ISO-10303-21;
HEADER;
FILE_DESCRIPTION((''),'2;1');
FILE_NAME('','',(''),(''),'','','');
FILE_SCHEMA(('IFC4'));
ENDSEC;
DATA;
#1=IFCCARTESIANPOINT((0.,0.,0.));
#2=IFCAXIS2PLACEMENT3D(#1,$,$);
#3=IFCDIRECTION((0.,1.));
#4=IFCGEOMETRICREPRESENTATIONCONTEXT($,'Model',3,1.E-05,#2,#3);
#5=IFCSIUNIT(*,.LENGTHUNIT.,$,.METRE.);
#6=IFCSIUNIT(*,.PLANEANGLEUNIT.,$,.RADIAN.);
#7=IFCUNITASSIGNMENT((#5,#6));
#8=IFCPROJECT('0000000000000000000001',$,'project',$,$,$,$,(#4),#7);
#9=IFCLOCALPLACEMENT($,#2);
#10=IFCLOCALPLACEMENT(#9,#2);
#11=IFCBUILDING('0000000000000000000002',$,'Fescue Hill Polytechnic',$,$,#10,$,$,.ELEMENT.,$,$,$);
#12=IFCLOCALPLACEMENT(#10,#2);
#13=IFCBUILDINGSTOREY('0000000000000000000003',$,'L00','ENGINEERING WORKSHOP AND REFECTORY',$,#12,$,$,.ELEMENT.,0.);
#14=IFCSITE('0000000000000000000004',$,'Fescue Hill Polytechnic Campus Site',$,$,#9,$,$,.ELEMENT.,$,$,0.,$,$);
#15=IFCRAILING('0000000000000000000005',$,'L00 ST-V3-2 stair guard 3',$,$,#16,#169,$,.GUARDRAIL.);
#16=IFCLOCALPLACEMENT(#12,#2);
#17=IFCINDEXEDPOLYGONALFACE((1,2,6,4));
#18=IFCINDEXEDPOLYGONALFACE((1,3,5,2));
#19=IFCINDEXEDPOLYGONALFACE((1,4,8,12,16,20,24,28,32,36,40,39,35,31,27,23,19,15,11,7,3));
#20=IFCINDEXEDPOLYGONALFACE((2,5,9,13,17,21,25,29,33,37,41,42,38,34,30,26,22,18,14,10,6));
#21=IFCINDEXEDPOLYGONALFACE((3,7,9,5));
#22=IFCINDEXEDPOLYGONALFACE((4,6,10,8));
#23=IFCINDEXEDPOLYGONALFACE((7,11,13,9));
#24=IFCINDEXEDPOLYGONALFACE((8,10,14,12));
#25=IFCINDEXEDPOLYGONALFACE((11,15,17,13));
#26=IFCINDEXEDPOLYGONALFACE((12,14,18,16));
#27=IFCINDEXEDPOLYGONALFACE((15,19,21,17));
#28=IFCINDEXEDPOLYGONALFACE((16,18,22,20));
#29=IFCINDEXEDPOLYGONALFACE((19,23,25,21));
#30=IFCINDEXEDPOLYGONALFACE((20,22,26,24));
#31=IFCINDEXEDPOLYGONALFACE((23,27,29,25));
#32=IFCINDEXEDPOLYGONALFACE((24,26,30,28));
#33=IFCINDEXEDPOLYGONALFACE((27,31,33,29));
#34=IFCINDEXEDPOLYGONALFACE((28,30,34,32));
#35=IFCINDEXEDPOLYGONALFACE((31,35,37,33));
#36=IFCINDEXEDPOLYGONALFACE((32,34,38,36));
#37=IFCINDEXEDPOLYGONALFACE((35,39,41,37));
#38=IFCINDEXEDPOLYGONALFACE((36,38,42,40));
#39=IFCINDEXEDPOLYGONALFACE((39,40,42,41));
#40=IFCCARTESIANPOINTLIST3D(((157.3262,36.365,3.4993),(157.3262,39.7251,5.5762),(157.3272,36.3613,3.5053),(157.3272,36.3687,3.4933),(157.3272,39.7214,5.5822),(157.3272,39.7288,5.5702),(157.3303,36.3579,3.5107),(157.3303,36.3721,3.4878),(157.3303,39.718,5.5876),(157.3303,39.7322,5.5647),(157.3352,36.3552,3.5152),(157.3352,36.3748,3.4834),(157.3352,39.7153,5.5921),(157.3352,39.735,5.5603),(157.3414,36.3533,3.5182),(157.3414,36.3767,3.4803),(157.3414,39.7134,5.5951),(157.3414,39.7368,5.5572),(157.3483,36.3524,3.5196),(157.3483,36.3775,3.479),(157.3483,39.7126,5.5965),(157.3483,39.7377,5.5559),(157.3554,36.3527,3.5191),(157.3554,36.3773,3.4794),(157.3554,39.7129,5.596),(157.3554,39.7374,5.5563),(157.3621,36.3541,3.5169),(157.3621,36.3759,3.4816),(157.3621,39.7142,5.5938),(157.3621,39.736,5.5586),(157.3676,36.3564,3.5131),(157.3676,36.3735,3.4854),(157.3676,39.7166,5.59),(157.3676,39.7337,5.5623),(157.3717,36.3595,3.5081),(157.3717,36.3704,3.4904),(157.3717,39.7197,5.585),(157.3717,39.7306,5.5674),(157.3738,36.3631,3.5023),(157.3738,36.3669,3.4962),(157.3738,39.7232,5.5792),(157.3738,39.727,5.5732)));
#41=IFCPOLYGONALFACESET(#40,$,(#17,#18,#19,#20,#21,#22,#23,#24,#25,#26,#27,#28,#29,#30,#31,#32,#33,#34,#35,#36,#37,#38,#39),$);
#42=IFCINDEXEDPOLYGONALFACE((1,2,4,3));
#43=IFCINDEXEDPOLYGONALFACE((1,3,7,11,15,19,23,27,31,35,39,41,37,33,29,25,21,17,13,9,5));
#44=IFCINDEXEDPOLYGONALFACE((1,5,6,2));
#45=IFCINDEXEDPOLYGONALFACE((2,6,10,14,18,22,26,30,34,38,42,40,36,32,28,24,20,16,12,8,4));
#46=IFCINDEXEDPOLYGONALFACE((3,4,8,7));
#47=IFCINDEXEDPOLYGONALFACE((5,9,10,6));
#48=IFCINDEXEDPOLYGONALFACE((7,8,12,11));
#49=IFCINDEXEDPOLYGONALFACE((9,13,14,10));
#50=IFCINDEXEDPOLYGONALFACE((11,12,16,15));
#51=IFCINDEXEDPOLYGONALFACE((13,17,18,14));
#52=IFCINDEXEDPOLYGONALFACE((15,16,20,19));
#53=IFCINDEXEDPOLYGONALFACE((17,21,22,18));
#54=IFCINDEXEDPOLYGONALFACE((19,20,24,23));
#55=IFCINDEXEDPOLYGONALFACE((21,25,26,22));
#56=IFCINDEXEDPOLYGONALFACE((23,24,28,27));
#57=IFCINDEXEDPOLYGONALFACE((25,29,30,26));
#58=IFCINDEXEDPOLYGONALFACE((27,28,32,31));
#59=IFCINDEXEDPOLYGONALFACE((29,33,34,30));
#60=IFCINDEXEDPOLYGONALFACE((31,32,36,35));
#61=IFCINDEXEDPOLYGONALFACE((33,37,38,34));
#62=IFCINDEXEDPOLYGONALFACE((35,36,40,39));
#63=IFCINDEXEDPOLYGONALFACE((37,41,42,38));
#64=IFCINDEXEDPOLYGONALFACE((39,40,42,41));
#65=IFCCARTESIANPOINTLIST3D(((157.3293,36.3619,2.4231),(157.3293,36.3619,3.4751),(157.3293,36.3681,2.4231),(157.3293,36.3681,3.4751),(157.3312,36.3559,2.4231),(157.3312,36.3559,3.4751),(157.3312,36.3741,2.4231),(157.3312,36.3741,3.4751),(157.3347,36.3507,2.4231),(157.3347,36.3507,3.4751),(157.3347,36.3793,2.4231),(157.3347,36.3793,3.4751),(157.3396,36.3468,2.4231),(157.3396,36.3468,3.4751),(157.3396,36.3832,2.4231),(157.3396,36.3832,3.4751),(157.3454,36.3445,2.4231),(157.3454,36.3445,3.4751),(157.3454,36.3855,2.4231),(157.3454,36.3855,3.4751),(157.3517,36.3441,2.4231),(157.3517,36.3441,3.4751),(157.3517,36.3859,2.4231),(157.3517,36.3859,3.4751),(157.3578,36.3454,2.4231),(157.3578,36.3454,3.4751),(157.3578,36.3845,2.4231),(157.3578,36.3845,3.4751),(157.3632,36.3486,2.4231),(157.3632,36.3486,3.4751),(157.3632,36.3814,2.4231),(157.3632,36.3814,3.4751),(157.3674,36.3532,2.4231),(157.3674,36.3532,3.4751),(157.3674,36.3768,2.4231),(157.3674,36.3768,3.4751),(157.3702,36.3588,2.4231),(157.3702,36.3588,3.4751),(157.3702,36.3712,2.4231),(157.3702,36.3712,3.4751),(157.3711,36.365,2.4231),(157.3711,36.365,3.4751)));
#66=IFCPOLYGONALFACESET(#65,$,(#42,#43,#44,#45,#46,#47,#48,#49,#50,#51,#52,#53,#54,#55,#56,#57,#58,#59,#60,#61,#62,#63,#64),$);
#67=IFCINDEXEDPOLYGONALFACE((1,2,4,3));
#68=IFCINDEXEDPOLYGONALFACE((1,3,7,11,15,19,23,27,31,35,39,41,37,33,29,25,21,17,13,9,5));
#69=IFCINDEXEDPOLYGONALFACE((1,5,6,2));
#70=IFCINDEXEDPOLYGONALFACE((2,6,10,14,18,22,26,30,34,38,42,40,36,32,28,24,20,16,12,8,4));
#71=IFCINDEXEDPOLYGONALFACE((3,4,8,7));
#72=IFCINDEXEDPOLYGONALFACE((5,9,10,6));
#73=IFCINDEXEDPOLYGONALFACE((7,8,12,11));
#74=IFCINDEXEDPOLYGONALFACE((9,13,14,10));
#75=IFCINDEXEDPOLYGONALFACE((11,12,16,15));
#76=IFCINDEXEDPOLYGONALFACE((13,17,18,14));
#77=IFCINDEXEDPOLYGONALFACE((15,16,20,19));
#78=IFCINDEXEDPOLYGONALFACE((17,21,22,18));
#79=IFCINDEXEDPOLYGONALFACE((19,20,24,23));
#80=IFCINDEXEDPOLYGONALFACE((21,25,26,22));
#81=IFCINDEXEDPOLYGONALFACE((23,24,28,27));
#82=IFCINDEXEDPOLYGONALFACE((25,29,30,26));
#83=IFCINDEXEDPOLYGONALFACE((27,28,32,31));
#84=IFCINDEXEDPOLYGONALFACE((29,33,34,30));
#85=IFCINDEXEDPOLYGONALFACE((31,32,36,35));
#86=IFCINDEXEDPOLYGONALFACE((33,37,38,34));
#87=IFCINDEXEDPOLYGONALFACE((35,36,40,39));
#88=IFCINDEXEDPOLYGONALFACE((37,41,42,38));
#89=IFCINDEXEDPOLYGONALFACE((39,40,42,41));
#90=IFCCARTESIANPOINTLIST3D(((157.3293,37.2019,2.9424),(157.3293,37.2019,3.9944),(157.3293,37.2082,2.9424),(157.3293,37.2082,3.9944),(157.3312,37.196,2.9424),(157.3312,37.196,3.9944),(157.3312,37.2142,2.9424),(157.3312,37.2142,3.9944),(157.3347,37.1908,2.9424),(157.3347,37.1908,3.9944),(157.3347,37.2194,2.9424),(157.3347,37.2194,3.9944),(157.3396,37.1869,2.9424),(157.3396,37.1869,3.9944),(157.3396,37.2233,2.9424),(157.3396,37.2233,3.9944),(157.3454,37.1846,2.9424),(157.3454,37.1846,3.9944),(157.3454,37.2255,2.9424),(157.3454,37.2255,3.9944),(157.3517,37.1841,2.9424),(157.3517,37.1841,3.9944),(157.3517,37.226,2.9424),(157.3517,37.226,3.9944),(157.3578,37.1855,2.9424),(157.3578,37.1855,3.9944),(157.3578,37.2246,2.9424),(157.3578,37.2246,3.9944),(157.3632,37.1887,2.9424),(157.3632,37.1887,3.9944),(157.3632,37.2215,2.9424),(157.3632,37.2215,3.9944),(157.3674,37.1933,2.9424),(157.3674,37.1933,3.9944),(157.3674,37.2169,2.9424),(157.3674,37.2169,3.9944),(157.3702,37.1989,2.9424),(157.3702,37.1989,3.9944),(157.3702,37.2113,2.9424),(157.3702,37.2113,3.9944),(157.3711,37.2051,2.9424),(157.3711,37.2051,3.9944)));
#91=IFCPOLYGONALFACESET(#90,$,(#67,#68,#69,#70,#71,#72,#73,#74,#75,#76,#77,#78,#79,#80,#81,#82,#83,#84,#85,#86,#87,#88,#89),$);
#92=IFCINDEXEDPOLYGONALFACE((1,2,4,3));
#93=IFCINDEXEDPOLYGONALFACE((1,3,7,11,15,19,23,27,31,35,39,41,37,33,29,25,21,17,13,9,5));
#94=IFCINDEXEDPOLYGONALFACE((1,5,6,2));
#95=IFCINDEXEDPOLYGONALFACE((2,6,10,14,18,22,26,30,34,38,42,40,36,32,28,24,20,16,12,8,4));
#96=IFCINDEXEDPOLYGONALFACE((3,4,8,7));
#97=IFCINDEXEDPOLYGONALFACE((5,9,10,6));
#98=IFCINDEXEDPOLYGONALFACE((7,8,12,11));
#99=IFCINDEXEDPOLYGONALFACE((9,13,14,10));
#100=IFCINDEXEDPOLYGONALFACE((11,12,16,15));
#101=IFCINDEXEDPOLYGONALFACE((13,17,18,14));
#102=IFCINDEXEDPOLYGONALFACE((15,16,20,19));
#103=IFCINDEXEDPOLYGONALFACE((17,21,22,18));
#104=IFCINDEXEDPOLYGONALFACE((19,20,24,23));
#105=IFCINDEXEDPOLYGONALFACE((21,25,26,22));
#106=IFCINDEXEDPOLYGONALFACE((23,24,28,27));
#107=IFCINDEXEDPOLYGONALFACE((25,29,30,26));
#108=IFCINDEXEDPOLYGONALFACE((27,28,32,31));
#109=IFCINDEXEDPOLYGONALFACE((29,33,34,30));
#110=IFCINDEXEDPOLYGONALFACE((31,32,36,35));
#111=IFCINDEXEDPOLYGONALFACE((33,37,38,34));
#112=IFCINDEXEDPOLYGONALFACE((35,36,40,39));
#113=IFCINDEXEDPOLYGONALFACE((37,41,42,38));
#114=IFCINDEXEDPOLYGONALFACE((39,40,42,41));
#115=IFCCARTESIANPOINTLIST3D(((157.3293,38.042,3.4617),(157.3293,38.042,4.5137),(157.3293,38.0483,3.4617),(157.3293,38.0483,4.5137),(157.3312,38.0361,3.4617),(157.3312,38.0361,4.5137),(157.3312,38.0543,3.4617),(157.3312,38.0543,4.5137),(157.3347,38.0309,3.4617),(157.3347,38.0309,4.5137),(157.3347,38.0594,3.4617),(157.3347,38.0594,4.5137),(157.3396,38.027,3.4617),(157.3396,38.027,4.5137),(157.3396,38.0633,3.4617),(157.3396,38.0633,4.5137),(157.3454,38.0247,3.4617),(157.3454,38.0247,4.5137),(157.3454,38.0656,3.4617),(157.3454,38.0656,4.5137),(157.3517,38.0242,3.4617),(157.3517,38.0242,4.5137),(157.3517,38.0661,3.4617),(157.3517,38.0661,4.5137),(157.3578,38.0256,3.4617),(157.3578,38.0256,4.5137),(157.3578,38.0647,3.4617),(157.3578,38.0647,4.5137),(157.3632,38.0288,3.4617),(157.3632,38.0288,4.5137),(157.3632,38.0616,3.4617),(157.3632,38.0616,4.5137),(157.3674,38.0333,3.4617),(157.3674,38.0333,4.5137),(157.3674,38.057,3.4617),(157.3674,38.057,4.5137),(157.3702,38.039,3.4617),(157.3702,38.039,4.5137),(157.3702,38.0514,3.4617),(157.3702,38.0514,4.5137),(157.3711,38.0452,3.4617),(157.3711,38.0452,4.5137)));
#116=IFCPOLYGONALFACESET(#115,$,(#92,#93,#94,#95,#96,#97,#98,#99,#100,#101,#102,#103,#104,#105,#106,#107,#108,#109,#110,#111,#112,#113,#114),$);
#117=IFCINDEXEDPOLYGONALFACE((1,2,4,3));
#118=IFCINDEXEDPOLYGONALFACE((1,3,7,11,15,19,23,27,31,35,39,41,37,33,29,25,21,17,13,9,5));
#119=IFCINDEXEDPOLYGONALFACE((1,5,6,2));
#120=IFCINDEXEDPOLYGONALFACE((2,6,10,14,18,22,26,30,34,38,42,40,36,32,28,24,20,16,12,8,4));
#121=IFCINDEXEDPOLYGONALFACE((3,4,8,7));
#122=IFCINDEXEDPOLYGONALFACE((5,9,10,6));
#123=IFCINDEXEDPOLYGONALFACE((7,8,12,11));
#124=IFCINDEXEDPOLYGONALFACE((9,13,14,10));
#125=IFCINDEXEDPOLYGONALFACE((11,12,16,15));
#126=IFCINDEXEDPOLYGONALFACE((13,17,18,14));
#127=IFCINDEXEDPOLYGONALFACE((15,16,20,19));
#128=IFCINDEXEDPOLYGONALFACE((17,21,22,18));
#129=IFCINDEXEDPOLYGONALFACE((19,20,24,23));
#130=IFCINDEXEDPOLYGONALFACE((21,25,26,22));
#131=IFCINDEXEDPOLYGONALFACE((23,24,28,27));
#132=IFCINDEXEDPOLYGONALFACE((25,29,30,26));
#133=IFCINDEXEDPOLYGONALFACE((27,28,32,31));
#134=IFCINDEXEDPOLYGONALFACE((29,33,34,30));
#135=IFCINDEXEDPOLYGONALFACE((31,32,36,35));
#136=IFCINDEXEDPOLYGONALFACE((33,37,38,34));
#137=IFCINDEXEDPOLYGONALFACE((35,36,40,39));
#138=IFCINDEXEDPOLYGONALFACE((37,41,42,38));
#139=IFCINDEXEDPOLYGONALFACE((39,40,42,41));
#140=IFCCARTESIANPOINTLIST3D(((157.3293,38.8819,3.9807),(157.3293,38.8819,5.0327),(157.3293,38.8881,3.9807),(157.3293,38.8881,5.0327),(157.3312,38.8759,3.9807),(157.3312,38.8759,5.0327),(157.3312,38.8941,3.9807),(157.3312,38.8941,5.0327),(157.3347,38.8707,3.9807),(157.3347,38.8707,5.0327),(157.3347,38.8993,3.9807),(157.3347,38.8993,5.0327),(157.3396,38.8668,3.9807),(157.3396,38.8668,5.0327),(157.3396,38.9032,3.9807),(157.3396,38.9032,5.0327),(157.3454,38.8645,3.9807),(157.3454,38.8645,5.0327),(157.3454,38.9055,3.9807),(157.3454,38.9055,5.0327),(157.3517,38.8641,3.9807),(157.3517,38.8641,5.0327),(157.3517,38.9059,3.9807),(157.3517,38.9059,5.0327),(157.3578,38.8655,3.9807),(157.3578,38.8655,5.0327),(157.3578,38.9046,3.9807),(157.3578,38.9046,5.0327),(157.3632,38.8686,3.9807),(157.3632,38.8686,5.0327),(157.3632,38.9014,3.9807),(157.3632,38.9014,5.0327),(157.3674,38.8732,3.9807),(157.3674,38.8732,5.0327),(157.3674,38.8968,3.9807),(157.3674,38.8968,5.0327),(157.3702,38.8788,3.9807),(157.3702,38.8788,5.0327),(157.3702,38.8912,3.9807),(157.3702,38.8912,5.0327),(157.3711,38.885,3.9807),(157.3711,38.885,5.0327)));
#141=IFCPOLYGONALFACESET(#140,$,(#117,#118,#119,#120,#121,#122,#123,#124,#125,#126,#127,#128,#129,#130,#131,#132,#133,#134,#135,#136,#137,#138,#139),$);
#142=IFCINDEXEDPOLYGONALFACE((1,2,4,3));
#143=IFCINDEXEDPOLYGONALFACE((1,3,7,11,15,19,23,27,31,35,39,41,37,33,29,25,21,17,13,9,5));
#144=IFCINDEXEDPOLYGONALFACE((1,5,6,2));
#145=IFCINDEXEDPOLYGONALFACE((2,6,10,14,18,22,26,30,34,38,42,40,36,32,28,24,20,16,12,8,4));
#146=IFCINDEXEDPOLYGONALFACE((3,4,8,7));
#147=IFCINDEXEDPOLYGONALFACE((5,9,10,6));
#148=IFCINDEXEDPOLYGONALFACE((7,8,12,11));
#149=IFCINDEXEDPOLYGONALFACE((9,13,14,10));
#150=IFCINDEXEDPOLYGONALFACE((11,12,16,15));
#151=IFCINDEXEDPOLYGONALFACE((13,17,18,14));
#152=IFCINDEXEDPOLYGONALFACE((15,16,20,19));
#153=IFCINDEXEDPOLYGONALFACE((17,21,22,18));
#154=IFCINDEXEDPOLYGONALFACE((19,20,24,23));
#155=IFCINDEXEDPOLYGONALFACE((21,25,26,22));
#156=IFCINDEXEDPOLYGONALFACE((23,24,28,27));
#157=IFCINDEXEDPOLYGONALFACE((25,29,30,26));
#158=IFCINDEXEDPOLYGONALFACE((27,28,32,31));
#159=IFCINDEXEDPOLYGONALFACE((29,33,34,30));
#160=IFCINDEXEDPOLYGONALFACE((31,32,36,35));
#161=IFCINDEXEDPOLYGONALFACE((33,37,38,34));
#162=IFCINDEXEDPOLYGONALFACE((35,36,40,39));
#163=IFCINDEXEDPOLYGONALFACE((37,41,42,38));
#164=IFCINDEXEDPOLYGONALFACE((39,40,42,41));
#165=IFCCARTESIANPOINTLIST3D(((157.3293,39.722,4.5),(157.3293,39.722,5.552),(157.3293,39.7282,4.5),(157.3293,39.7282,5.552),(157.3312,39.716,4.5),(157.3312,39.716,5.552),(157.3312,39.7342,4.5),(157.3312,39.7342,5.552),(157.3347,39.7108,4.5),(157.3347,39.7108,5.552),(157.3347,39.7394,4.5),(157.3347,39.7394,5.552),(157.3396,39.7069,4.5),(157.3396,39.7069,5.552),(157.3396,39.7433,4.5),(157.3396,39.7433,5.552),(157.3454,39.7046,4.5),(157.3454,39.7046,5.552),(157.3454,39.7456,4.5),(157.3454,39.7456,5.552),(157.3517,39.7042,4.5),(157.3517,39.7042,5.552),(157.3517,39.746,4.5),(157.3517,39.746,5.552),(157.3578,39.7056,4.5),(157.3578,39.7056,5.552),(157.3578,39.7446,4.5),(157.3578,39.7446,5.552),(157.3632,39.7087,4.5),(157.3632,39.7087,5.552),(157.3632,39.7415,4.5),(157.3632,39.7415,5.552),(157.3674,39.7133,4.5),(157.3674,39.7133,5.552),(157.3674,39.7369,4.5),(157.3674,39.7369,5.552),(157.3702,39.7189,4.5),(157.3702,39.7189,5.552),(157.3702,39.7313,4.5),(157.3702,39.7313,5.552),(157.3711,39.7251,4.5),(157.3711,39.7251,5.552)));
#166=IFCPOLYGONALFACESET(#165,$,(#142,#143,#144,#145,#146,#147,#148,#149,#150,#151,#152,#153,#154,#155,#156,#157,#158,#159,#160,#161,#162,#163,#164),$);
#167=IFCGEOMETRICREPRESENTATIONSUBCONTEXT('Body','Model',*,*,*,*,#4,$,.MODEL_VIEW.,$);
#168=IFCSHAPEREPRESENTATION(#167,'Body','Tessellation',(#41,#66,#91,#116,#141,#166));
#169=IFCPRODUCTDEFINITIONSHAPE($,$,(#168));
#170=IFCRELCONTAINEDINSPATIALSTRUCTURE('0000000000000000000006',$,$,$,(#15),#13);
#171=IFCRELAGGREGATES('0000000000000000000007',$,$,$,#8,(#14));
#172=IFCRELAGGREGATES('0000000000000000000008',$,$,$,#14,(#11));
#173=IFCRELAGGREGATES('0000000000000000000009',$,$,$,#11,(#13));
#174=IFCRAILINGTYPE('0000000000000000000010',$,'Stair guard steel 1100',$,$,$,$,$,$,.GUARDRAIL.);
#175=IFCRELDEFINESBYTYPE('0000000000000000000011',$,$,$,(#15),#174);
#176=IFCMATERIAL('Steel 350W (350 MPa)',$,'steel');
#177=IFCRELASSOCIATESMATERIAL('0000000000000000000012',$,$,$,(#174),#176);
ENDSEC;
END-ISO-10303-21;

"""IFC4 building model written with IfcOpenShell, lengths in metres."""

from ifc_helpers import new_model, si_unit, direction, frame, origin, origin_2d, place, context, subcontext, project, spatial, circle, extrude, material, type_object, element, save


model = new_model("IFC4")

# Units and contexts
model_context = context("Model", 3, precision=1e-05, world=origin(), true_north=direction((0.0, 1.0)))
body_context = subcontext(model_context, "Body", "Model", "MODEL_VIEW")
ifc_project = project(units=[si_unit("LENGTHUNIT", "METRE"), si_unit("PLANEANGLEUNIT", "RADIAN")], contexts=[model_context])

# Site, building, storey
site_placement = place(None, origin())
site = spatial("IfcSite", under=ifc_project, at=site_placement, Name="Fescue Hill Polytechnic Campus Site", CompositionType="ELEMENT", RefElevation=0.0)
building_placement = place(site_placement, origin())
building = spatial("IfcBuilding", under=site, at=building_placement, Name="Fescue Hill Polytechnic", CompositionType="ELEMENT")
storey_placement = place(building_placement, origin())
storey = spatial("IfcBuildingStorey", under=building, at=storey_placement, Name="L00", Description="ENGINEERING WORKSHOP AND REFECTORY", CompositionType="ELEMENT", Elevation=0.0)

# Railing
ifc_material_1 = material(Name="Steel 350W (350 MPa)", Category="steel")
railing_type_1 = type_object("IfcRailingType", Name="Stair guard steel 1100", PredefinedType="GUARDRAIL", material=ifc_material_1)
railing_1_placement = place(storey_placement, frame((157.3501, 36.365, 2.4231)))
element("IfcRailing", 1, at=railing_1_placement, inside=storey, type_object=railing_type_1, Name="L00 ST-V3-2 stair guard 3", PredefinedType="GUARDRAIL", context=body_context, shape_type="SweptSolid", body=[
    extrude(circle(Radius=0.0239, at=origin_2d()), frame((0.0, 0.0, 1.0762), z_axis=(0.0, 0.850623, 0.525776), x_axis=(-1.0, 0.0, 0.0)), (0.0, 0.0, 1.0), 3.9502),
    extrude(circle(Radius=0.021, at=origin_2d()), origin(), (0.0, 0.0, 1.0), 1.052),
    extrude(circle(Radius=0.021, at=origin_2d()), frame((0.0, 0.8401, 0.5193)), (0.0, 0.0, 1.0), 1.052),
    extrude(circle(Radius=0.021, at=origin_2d()), frame((0.0, 1.6802, 1.0386)), (0.0, 0.0, 1.0), 1.052),
    extrude(circle(Radius=0.021, at=origin_2d()), frame((0.0, 2.52, 1.5576)), (0.0, 0.0, 1.0), 1.052),
    extrude(circle(Radius=0.021, at=origin_2d()), frame((0.0, 3.3601, 2.0769)), (0.0, 0.0, 1.0), 1.052),
])

save(model, "model.ifc")
